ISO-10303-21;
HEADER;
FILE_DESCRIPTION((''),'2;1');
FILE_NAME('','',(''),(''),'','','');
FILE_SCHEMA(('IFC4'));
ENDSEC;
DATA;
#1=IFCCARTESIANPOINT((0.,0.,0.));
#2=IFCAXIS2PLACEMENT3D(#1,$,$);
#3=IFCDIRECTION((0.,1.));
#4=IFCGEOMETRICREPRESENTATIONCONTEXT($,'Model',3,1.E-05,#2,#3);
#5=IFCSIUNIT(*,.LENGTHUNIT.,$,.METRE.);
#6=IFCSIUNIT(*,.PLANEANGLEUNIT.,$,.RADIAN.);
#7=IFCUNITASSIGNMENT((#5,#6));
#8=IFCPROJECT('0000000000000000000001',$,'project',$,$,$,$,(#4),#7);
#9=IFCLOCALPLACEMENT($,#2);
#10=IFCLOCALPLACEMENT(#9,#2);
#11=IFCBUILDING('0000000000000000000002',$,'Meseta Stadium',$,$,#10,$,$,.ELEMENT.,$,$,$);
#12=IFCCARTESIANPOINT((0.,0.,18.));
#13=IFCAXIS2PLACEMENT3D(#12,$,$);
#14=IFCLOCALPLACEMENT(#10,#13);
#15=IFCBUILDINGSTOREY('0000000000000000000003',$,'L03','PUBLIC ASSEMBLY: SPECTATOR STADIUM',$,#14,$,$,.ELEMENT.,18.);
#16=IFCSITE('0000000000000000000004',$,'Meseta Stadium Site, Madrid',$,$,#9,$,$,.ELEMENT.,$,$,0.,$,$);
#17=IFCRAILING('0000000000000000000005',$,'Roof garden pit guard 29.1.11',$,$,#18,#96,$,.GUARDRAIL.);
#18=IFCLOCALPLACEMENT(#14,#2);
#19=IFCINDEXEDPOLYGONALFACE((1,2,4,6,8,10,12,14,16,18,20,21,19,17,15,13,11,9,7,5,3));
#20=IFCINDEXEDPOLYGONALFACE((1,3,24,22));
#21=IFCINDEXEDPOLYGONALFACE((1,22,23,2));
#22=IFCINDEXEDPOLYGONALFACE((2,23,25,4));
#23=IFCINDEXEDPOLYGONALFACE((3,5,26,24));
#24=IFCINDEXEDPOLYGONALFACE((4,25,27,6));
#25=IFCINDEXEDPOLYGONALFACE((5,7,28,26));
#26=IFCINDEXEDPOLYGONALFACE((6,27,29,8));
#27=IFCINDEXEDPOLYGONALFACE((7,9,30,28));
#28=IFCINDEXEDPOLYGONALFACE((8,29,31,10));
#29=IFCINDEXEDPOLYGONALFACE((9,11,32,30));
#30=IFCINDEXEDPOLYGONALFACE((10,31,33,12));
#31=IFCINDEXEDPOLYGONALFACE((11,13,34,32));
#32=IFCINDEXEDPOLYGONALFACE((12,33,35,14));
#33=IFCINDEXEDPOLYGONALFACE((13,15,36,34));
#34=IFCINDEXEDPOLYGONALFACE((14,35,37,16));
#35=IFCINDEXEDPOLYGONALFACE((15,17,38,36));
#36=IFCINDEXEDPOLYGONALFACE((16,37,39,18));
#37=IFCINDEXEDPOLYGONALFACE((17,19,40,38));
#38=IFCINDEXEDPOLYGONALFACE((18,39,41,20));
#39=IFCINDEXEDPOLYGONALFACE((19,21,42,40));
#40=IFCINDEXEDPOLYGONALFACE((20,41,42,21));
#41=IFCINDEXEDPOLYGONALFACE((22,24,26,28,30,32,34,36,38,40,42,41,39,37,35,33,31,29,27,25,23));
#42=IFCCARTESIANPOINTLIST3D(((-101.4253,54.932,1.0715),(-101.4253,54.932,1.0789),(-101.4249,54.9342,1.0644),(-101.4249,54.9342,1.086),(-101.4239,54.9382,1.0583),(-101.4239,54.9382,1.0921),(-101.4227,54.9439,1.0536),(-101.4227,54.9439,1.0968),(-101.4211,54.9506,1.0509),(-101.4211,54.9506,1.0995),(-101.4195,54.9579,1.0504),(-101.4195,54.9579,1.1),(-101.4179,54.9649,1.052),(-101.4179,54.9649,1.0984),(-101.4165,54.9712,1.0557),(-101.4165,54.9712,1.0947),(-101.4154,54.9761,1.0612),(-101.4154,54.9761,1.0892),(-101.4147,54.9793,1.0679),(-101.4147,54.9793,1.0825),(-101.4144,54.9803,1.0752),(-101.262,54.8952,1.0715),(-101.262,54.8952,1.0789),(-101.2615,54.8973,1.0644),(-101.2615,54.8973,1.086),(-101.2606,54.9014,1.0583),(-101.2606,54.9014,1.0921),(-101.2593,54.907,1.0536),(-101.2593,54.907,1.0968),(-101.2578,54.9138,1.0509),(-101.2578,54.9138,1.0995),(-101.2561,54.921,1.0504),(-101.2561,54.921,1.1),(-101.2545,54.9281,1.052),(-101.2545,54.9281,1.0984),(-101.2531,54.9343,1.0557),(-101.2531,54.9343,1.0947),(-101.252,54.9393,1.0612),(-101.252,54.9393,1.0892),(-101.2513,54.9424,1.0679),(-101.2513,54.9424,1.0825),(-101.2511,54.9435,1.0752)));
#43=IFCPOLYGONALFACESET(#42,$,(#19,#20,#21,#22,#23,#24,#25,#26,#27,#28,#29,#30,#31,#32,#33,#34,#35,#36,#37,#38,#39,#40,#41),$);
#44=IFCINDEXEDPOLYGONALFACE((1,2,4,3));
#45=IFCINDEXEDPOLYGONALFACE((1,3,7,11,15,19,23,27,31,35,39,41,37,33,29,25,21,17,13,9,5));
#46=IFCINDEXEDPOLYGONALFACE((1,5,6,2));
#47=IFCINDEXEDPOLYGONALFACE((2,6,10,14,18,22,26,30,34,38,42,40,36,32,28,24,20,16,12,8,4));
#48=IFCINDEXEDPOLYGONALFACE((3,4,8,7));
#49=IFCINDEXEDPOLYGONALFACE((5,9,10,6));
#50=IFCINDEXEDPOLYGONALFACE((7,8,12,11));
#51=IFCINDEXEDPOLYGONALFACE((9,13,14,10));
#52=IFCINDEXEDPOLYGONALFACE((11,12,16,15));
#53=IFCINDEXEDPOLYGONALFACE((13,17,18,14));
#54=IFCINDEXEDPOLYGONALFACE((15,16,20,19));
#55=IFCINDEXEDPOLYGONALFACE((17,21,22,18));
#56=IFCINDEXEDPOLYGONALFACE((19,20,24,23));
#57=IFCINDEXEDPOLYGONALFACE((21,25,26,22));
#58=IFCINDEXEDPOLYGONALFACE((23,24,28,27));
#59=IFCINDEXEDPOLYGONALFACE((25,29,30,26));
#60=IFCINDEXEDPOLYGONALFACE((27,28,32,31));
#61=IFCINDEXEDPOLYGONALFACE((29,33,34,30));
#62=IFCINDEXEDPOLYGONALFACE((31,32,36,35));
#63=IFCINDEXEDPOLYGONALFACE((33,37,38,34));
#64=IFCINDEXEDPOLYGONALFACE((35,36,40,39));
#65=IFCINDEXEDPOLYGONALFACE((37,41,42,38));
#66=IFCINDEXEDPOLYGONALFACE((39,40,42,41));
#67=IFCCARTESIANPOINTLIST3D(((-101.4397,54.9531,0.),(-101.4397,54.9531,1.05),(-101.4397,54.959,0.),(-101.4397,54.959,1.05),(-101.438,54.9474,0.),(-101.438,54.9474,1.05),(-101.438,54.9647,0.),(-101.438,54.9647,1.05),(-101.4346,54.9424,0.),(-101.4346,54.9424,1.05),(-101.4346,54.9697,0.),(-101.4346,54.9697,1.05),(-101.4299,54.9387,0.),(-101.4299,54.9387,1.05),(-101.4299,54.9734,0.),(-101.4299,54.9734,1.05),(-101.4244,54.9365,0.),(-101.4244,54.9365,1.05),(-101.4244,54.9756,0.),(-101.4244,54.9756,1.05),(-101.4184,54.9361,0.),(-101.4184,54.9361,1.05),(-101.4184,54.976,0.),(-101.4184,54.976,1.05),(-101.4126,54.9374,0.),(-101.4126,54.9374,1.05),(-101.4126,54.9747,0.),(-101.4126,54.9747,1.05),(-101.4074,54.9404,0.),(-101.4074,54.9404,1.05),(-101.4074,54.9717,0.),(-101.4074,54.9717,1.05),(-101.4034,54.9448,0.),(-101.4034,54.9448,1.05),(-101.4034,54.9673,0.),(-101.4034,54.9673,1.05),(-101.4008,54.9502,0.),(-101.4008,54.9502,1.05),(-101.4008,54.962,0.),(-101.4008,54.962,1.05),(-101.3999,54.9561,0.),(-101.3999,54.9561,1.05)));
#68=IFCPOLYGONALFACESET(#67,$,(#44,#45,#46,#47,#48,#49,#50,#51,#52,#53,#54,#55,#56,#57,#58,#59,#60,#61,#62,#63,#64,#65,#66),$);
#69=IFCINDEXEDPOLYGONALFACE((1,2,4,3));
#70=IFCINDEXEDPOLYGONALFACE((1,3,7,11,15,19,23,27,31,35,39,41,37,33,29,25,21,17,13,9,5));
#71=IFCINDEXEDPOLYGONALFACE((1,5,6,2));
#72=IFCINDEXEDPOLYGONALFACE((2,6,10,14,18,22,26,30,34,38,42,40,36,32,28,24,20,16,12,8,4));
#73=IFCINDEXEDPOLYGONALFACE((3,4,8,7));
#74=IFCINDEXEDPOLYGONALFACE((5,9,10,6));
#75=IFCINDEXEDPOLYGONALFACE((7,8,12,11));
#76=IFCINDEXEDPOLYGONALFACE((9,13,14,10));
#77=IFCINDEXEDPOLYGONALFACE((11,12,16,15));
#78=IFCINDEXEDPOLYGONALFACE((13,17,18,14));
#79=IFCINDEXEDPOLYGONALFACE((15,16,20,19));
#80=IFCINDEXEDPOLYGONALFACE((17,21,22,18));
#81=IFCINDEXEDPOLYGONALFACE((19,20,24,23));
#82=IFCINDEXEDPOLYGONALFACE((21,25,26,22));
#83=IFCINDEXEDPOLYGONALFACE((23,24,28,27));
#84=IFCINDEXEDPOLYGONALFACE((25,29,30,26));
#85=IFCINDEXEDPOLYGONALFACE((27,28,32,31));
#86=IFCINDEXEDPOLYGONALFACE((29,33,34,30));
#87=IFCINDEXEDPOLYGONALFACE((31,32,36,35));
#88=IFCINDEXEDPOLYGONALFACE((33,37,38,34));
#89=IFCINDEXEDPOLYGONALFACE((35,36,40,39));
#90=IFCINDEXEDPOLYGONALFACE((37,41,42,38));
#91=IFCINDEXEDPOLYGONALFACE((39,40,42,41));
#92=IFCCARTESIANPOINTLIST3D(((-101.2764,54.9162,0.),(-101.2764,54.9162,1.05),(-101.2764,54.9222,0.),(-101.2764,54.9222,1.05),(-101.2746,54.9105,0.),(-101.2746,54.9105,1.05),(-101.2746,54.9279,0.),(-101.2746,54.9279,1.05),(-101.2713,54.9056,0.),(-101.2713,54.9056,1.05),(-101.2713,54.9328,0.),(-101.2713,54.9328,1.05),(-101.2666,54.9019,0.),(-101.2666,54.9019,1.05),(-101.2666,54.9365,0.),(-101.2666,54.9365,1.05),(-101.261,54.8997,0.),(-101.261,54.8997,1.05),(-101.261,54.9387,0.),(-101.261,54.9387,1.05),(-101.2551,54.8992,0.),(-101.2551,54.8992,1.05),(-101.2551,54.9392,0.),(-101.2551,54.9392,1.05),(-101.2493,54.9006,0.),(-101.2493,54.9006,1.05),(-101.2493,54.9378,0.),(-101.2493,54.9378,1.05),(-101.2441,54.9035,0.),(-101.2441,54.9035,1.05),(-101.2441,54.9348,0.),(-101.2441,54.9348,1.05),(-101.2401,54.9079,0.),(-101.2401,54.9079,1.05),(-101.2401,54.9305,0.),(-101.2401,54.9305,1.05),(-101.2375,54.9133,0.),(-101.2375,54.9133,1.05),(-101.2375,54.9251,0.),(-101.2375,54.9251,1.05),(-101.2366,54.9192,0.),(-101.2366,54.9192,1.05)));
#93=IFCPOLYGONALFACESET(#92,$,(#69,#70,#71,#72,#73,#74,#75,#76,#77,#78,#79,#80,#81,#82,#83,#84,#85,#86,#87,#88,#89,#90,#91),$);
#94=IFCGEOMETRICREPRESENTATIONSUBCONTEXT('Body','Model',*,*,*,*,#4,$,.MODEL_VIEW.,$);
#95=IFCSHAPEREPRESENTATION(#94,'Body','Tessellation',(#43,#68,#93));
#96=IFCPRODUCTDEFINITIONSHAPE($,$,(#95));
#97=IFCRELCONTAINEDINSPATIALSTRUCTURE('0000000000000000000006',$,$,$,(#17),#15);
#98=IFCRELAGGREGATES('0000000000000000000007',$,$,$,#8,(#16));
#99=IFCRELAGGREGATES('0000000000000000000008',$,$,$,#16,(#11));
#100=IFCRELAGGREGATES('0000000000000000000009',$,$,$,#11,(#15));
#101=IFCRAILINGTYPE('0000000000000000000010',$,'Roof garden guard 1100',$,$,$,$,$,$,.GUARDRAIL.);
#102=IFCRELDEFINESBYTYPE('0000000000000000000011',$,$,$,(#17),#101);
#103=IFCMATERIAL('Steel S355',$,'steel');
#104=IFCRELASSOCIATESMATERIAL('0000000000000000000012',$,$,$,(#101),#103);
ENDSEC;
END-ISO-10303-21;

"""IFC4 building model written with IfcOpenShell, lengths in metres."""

from ifc_helpers import new_model, si_unit, direction, frame, origin, origin_2d, place, context, subcontext, project, spatial, circle, extrude, material, type_object, element, save


model = new_model("IFC4")

# Units and contexts
model_context = context("Model", 3, precision=1e-05, world=origin(), true_north=direction((0.0, 1.0)))
body_context = subcontext(model_context, "Body", "Model", "MODEL_VIEW")
ifc_project = project(units=[si_unit("LENGTHUNIT", "METRE"), si_unit("PLANEANGLEUNIT", "RADIAN")], contexts=[model_context])

# Site, building, storey
site_placement = place(None, origin())
site = spatial("IfcSite", under=ifc_project, at=site_placement, Name="Meseta Stadium Site, Madrid", CompositionType="ELEMENT", RefElevation=0.0)
building_placement = place(site_placement, origin())
building = spatial("IfcBuilding", under=site, at=building_placement, Name="Meseta Stadium", CompositionType="ELEMENT")
storey_placement = place(building_placement, frame((0.0, 0.0, 18.0)))
storey = spatial("IfcBuildingStorey", under=building, at=storey_placement, Name="L03", Description="PUBLIC ASSEMBLY: SPECTATOR STADIUM", CompositionType="ELEMENT", Elevation=18.0)

# Railing
ifc_material_1 = material(Name="Steel S355", Category="steel")
railing_type = type_object("IfcRailingType", Name="Roof garden guard 1100", PredefinedType="GUARDRAIL", material=ifc_material_1)
railing_1_placement = place(storey_placement, frame((-101.4199, 54.9561, 0.0)))
element("IfcRailing", 1, at=railing_1_placement, inside=storey, type_object=railing_type, Name="Roof garden pit guard 29.1.11", PredefinedType="GUARDRAIL", context=body_context, shape_type="SweptSolid", body=[
    extrude(circle(Radius=0.0249, at=origin_2d()), frame((0.0, 0.0, 1.0752), z_axis=(0.975461, -0.220171, 0.0), x_axis=(0.220171, 0.975461, 0.0)), (0.0, 0.0, 1.0), 0.1675),
    extrude(circle(Radius=0.02, at=origin_2d()), origin(), (0.0, 0.0, 1.0), 1.05),
    extrude(circle(Radius=0.02, at=origin_2d()), frame((0.1633, -0.0369, 0.0)), (0.0, 0.0, 1.0), 1.05),
])

save(model, "model.ifc")
